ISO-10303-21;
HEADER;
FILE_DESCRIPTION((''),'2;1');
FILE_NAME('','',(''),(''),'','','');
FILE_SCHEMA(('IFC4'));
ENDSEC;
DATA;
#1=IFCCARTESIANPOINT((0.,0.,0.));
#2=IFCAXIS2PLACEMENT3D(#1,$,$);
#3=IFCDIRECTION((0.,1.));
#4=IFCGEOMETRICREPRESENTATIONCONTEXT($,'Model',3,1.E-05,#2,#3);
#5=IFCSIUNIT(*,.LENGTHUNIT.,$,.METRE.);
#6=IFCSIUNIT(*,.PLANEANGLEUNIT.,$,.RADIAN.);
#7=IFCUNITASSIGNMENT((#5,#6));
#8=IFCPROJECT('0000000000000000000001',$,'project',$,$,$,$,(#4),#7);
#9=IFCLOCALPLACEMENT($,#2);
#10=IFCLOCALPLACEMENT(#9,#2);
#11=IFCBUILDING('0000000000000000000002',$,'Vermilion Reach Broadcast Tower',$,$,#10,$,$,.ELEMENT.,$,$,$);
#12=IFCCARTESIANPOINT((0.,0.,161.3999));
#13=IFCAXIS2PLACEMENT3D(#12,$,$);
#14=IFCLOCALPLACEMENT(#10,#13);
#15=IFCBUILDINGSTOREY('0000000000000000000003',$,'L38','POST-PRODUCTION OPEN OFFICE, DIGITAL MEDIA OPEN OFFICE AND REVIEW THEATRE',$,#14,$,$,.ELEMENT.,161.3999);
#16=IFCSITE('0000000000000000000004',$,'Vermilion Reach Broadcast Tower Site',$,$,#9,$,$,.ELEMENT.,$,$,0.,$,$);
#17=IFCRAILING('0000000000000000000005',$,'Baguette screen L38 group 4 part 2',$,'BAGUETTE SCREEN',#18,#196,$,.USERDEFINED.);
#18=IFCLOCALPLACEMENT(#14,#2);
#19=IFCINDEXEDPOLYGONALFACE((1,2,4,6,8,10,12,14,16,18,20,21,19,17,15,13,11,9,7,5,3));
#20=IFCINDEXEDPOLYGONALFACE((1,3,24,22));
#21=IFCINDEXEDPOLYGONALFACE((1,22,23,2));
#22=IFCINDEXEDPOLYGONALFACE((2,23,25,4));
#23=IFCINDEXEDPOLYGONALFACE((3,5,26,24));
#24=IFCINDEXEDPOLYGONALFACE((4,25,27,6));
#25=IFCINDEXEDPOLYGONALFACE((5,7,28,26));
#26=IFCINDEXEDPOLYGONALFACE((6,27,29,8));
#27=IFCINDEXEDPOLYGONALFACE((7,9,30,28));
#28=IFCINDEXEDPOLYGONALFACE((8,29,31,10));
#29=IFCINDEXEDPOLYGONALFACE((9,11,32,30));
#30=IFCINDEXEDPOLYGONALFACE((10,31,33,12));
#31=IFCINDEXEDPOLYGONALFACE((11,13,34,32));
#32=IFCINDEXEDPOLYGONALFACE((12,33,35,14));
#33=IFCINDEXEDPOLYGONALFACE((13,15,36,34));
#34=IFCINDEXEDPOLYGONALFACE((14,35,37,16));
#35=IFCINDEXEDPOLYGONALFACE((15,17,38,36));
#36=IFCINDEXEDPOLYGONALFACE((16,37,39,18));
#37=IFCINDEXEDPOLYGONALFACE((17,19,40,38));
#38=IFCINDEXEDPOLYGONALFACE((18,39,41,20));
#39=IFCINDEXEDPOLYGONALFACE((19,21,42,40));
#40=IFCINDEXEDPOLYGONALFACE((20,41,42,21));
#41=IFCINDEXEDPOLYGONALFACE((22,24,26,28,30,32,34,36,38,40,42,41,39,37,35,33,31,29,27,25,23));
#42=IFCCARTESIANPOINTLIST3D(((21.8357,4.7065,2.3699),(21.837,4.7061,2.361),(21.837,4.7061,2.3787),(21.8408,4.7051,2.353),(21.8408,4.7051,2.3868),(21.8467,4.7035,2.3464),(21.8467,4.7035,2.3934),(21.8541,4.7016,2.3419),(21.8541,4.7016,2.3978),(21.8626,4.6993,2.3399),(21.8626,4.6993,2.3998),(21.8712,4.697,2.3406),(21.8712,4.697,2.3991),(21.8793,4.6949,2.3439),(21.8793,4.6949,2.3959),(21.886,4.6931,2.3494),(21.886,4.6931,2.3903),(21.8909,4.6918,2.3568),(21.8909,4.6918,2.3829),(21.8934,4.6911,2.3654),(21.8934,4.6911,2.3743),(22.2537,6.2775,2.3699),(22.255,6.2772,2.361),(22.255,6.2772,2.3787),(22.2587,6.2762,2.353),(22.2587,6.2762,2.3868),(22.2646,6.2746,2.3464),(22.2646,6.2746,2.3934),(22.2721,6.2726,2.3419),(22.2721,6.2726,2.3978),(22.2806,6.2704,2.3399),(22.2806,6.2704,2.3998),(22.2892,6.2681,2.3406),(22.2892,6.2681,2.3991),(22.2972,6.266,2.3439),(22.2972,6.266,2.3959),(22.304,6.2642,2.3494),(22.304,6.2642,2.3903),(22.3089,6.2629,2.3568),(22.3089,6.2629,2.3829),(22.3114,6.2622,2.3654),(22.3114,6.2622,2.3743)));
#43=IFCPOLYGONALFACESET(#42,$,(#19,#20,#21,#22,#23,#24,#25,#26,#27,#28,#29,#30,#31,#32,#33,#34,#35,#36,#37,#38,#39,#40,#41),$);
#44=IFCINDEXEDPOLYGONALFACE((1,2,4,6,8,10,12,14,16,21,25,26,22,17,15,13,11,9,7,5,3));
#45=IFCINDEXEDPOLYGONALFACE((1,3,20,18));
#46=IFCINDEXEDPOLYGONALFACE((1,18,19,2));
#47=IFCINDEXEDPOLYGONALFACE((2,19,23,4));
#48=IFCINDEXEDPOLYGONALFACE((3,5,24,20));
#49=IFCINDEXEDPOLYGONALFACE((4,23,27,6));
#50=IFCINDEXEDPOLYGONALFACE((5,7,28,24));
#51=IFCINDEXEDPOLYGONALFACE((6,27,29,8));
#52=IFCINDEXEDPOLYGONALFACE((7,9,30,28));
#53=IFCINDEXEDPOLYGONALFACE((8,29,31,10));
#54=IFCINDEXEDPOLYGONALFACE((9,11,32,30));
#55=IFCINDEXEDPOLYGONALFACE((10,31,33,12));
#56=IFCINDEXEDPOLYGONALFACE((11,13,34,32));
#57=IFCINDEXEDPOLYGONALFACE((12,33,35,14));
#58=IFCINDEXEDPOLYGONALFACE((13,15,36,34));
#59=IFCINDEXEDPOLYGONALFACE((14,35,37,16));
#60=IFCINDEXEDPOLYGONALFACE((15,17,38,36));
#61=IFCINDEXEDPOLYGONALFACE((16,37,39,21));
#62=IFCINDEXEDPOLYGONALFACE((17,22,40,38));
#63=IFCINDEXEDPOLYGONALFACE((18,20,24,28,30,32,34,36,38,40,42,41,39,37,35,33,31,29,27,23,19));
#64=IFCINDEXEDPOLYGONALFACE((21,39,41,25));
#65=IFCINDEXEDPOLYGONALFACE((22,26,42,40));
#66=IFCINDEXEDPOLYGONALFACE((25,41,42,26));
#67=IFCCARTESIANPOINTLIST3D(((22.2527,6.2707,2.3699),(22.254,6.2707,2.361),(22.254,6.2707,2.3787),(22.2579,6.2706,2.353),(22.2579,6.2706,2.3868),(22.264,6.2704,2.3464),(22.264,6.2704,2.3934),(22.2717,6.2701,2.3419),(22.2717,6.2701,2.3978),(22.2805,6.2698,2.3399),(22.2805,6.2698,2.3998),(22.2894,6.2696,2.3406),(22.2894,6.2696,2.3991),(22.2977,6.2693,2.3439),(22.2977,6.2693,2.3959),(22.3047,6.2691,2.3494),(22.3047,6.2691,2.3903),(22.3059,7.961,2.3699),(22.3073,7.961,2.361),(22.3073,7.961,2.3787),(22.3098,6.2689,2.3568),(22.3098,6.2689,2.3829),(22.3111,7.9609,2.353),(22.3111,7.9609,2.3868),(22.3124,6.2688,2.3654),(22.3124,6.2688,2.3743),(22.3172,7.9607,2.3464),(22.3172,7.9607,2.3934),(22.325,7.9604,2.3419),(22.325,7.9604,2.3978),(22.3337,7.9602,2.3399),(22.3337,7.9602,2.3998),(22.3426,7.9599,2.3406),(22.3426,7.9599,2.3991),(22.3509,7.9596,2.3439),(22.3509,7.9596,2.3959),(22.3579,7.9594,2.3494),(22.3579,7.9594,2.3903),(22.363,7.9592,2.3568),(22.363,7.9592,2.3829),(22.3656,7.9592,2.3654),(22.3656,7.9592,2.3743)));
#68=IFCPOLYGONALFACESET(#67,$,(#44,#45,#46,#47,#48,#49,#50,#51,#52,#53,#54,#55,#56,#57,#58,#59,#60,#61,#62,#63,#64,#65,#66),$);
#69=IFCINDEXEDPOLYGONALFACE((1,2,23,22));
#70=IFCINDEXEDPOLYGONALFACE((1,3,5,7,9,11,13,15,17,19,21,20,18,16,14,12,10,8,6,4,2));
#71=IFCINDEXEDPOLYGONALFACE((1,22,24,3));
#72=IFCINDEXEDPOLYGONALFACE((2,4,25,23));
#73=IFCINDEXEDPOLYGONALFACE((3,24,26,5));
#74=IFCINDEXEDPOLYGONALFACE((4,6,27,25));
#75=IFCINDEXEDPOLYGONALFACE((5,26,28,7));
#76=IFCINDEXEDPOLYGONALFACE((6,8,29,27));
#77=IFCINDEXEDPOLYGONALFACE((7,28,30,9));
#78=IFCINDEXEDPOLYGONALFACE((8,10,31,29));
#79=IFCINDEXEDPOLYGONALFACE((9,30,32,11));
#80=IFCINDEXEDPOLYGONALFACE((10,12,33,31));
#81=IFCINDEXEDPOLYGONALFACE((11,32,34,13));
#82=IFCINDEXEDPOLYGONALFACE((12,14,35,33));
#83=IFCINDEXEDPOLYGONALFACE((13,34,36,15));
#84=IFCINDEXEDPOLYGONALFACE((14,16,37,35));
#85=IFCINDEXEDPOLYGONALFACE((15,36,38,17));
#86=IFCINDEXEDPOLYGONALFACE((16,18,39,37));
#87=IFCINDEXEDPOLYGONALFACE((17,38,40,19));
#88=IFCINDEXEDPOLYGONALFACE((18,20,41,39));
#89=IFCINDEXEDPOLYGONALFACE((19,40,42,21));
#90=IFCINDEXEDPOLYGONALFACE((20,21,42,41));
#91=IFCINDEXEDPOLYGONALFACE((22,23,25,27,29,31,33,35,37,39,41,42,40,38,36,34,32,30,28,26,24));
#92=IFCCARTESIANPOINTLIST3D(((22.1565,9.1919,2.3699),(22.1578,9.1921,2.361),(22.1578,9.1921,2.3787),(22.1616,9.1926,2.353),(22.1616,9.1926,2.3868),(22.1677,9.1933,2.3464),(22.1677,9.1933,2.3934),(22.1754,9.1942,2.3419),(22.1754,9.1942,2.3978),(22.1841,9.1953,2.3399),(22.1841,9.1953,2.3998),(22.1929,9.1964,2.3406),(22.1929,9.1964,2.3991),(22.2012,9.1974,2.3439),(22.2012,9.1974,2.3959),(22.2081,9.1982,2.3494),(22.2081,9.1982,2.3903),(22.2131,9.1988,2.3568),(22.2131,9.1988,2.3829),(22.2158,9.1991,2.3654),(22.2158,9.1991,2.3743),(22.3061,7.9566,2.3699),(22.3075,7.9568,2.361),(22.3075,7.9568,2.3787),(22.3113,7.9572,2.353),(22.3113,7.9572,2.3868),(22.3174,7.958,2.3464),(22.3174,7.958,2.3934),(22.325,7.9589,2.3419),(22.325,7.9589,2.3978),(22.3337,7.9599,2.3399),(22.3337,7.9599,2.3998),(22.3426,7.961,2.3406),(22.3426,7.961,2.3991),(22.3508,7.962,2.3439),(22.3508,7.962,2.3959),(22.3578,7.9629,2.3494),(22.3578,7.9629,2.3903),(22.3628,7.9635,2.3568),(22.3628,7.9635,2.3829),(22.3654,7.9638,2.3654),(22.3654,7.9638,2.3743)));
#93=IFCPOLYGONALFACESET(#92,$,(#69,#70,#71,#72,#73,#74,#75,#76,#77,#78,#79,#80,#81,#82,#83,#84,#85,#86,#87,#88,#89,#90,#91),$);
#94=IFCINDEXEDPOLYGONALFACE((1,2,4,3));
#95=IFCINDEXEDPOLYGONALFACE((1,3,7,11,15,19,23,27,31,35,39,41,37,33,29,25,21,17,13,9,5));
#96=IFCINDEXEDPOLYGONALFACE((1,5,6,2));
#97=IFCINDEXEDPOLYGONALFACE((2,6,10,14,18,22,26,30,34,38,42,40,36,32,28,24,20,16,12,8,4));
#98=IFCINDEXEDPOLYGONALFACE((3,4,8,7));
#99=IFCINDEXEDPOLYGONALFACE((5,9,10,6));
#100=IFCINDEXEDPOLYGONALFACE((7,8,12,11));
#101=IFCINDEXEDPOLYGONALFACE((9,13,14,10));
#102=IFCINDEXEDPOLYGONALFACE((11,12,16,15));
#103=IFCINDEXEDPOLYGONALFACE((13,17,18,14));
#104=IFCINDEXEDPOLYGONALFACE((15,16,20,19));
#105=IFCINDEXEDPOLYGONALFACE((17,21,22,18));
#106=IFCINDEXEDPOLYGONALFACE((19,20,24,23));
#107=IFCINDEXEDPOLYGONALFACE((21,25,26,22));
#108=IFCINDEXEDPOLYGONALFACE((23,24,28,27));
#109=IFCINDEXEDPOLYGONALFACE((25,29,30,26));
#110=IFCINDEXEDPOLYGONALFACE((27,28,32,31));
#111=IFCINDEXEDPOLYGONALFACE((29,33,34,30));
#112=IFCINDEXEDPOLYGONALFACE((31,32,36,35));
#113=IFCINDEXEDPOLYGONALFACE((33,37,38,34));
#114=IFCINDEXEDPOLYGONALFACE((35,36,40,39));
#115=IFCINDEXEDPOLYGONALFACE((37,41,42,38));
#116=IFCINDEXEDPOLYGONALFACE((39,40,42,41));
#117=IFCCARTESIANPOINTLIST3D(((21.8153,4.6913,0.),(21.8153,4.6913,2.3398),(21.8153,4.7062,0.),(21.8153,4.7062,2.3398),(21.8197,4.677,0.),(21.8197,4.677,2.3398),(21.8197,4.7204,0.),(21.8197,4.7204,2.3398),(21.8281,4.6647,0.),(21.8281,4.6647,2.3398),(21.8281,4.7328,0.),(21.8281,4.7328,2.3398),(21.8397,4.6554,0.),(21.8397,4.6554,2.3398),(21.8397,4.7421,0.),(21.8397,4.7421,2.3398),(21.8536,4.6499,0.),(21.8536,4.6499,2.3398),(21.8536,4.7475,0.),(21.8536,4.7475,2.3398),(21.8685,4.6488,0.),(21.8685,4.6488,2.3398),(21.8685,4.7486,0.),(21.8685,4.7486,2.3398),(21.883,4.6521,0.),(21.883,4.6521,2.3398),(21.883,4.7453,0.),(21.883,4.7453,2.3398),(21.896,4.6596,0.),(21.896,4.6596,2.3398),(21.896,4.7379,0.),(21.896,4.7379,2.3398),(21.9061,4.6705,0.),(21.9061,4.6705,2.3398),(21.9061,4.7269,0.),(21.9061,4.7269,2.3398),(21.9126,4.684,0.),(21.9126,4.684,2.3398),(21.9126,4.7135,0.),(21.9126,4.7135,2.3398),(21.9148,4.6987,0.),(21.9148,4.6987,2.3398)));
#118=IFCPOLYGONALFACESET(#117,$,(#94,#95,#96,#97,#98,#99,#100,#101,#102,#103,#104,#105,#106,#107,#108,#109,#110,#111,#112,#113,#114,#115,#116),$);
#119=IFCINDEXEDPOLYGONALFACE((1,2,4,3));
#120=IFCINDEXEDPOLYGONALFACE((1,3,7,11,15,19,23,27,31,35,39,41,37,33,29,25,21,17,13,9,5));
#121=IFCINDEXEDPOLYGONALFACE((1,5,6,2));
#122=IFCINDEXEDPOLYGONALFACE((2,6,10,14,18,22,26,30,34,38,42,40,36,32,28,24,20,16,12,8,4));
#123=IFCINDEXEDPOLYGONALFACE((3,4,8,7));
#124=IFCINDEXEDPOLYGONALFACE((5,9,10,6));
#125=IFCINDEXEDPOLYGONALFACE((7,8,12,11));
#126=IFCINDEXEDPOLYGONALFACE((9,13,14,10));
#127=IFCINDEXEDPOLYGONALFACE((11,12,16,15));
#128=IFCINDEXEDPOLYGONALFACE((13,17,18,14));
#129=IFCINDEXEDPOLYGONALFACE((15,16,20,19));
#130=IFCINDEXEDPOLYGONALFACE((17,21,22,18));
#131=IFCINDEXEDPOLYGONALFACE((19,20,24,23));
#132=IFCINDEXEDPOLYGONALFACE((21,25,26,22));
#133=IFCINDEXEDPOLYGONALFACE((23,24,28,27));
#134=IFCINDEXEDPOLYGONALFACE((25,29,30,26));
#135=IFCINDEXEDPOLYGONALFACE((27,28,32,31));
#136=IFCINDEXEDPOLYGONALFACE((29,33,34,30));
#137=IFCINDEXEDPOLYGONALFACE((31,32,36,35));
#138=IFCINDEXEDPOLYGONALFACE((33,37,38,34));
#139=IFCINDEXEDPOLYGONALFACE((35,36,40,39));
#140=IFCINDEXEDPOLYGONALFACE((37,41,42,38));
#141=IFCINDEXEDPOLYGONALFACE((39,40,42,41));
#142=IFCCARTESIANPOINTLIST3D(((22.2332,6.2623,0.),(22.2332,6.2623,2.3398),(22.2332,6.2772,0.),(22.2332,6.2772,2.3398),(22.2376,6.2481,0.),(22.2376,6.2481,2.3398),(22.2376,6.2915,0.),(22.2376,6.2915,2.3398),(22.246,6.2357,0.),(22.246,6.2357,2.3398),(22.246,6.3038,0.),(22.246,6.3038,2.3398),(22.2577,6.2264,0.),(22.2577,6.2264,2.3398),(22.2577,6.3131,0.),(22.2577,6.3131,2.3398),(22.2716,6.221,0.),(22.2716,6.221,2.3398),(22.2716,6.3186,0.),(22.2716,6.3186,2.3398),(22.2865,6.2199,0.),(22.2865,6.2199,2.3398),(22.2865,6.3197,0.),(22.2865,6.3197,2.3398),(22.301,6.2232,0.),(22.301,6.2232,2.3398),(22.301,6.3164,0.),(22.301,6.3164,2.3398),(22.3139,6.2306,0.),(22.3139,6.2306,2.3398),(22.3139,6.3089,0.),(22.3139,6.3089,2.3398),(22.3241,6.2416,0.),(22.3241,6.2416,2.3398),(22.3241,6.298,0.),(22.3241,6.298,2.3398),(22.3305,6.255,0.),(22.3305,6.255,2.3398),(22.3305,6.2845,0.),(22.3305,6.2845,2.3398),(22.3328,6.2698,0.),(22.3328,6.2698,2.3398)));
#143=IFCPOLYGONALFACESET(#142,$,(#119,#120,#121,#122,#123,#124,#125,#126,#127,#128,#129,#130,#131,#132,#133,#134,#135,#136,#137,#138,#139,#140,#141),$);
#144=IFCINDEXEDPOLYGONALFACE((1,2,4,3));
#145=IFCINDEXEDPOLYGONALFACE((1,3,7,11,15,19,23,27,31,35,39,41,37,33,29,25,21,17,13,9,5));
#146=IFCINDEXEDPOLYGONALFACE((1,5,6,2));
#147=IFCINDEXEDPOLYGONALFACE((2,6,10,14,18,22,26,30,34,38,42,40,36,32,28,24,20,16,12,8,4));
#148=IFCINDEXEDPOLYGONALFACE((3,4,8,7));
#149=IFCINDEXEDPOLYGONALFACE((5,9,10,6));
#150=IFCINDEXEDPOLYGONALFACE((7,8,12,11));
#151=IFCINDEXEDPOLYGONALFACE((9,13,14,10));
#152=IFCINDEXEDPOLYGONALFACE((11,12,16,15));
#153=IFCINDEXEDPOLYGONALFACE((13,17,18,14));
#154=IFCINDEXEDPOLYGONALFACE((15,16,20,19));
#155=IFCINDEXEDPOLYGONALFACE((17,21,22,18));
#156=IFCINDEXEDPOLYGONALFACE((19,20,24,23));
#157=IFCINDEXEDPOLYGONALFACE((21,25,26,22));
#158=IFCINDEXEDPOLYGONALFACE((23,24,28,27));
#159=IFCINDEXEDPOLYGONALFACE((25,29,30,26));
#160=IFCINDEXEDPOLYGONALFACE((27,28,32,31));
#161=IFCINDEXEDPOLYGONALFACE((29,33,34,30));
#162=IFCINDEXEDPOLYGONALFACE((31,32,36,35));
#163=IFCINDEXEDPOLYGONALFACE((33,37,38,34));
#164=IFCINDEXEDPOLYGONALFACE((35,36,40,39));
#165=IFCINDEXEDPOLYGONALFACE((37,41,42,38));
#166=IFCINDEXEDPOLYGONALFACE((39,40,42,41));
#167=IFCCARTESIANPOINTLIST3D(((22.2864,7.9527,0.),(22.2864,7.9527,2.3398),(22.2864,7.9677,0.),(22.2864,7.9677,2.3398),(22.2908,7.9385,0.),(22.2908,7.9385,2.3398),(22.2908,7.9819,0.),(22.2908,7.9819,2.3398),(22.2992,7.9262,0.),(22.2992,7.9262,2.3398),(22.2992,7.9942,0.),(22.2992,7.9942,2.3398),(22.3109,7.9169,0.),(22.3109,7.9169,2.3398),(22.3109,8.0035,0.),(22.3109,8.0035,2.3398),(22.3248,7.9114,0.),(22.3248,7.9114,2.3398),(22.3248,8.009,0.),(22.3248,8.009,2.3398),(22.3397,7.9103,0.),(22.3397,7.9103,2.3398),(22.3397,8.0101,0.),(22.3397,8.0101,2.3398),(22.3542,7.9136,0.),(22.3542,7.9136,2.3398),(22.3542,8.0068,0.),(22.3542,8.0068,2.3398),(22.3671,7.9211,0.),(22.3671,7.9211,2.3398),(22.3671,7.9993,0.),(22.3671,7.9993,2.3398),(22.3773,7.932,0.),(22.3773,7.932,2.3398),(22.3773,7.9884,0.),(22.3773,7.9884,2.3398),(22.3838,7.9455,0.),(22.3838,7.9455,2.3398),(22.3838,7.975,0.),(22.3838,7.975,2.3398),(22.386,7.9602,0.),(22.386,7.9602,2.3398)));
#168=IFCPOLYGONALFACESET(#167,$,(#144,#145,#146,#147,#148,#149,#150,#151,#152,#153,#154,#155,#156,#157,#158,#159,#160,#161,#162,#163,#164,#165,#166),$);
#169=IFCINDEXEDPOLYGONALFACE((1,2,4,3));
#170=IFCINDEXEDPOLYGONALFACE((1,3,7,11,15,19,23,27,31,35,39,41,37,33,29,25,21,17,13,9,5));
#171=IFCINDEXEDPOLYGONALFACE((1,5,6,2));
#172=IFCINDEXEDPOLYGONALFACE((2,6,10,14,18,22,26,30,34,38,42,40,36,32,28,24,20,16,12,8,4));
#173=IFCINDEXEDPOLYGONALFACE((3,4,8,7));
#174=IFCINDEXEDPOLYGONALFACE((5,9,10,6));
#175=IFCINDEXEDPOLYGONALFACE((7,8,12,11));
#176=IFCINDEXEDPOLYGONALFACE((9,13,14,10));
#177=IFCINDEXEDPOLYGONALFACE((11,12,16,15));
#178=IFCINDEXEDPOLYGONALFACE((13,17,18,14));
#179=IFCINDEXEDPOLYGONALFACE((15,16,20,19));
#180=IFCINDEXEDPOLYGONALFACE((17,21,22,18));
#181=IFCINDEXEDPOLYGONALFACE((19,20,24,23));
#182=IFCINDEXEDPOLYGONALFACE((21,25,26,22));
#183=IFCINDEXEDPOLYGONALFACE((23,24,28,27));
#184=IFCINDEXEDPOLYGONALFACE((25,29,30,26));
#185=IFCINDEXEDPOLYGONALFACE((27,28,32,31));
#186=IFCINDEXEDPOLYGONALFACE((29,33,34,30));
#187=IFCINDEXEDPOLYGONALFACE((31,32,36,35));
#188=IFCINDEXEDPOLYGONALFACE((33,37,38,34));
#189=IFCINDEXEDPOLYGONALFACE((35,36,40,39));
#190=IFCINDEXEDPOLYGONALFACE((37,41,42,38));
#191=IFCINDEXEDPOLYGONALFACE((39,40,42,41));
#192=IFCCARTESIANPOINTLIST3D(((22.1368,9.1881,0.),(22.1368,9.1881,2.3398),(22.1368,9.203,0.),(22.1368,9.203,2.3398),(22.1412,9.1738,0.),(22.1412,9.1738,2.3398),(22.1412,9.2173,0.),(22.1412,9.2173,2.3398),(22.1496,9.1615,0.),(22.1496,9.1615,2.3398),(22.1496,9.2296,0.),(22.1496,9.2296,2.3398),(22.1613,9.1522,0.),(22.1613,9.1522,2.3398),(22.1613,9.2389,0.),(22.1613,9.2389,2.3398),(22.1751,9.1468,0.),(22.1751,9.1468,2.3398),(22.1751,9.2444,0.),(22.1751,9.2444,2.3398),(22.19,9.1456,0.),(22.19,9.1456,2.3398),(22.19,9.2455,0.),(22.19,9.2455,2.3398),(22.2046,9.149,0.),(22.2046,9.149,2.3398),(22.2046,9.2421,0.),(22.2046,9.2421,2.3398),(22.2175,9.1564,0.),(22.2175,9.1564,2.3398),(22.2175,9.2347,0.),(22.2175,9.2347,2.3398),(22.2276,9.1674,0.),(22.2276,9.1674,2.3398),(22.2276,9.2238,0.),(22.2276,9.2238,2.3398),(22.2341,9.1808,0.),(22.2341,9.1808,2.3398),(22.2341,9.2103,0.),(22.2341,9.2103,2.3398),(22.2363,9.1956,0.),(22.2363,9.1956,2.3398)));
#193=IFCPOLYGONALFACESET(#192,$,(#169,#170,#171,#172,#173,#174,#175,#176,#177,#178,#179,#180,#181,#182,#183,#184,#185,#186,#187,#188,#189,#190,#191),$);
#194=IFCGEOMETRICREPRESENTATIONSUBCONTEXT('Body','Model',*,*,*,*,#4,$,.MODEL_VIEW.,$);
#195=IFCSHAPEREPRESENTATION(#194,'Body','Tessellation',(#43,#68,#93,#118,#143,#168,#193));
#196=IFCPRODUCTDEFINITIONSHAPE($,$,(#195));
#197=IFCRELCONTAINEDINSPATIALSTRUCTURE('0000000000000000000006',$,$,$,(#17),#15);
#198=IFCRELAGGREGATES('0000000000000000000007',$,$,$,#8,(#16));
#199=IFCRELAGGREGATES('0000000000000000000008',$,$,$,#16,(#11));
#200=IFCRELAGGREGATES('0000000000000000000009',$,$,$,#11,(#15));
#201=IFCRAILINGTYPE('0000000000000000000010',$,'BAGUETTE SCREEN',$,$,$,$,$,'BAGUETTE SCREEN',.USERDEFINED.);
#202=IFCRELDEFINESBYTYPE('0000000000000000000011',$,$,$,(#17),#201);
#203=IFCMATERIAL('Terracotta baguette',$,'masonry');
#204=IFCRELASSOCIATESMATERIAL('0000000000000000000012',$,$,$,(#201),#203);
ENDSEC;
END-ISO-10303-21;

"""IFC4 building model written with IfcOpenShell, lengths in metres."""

from ifc_helpers import new_model, si_unit, direction, frame, origin, origin_2d, place, context, subcontext, project, spatial, circle, extrude, material, type_object, element, save


model = new_model("IFC4")

# Units and contexts
model_context = context("Model", 3, precision=1e-05, world=origin(), true_north=direction((0.0, 1.0)))
body_context = subcontext(model_context, "Body", "Model", "MODEL_VIEW")
ifc_project = project(units=[si_unit("LENGTHUNIT", "METRE"), si_unit("PLANEANGLEUNIT", "RADIAN")], contexts=[model_context])

# Site, building, storey
site_placement = place(None, origin())
site = spatial("IfcSite", under=ifc_project, at=site_placement, Name="Vermilion Reach Broadcast Tower Site", CompositionType="ELEMENT", RefElevation=0.0)
building_placement = place(site_placement, origin())
building = spatial("IfcBuilding", under=site, at=building_placement, Name="Vermilion Reach Broadcast Tower", CompositionType="ELEMENT")
storey_placement = place(building_placement, frame((0.0, 0.0, 161.3999)))
storey = spatial("IfcBuildingStorey", under=building, at=storey_placement, Name="L38", Description="POST-PRODUCTION OPEN OFFICE, DIGITAL MEDIA OPEN OFFICE AND REVIEW THEATRE", CompositionType="ELEMENT", Elevation=161.3999)

# Railing
ifc_material_1 = material(Name="Terracotta baguette", Category="masonry")
railing_type = type_object("IfcRailingType", Name="BAGUETTE SCREEN", ElementType="BAGUETTE SCREEN", PredefinedType="USERDEFINED", material=ifc_material_1)
railing_placement = place(storey_placement, frame((21.8647, 4.6987, 0.0)))
element("IfcRailing", 1, at=railing_placement, inside=storey, type_object=railing_type, Name="Baguette screen L38 group 4 part 2", ObjectType="BAGUETTE SCREEN", PredefinedType="USERDEFINED", context=body_context, shape_type="SweptSolid", body=[
    extrude(circle(Radius=0.03, at=origin_2d()), frame((0.0, 0.0, 2.3699), z_axis=(0.257102, 0.966384, 0.0), x_axis=(-0.966384, 0.257102, 0.0)), (0.0, 0.0, 1.0), 1.6257),
    extrude(circle(Radius=0.03, at=origin_2d()), frame((0.418, 1.571, 2.3699), z_axis=(0.031469, 0.999505, 0.0), x_axis=(-0.999505, 0.031469, 0.0)), (0.0, 0.0, 1.0), 1.6912),
    extrude(circle(Radius=0.03, at=origin_2d()), frame((0.4712, 3.2615, 2.3699), z_axis=(-0.120267, 0.992742, 0.0), x_axis=(-0.992742, -0.120267, 0.0)), (0.0, 0.0, 1.0), 1.2444),
    extrude(circle(Radius=0.05, at=origin_2d()), origin(), (0.0, 0.0, 1.0), 2.3398),
    extrude(circle(Radius=0.05, at=origin_2d()), frame((0.418, 1.571, 0.0)), (0.0, 0.0, 1.0), 2.3398),
    extrude(circle(Radius=0.05, at=origin_2d()), frame((0.4712, 3.2615, 0.0)), (0.0, 0.0, 1.0), 2.3398),
    extrude(circle(Radius=0.05, at=origin_2d()), frame((0.3215, 4.4968, 0.0)), (0.0, 0.0, 1.0), 2.3398),
])

save(model, "model.ifc")
